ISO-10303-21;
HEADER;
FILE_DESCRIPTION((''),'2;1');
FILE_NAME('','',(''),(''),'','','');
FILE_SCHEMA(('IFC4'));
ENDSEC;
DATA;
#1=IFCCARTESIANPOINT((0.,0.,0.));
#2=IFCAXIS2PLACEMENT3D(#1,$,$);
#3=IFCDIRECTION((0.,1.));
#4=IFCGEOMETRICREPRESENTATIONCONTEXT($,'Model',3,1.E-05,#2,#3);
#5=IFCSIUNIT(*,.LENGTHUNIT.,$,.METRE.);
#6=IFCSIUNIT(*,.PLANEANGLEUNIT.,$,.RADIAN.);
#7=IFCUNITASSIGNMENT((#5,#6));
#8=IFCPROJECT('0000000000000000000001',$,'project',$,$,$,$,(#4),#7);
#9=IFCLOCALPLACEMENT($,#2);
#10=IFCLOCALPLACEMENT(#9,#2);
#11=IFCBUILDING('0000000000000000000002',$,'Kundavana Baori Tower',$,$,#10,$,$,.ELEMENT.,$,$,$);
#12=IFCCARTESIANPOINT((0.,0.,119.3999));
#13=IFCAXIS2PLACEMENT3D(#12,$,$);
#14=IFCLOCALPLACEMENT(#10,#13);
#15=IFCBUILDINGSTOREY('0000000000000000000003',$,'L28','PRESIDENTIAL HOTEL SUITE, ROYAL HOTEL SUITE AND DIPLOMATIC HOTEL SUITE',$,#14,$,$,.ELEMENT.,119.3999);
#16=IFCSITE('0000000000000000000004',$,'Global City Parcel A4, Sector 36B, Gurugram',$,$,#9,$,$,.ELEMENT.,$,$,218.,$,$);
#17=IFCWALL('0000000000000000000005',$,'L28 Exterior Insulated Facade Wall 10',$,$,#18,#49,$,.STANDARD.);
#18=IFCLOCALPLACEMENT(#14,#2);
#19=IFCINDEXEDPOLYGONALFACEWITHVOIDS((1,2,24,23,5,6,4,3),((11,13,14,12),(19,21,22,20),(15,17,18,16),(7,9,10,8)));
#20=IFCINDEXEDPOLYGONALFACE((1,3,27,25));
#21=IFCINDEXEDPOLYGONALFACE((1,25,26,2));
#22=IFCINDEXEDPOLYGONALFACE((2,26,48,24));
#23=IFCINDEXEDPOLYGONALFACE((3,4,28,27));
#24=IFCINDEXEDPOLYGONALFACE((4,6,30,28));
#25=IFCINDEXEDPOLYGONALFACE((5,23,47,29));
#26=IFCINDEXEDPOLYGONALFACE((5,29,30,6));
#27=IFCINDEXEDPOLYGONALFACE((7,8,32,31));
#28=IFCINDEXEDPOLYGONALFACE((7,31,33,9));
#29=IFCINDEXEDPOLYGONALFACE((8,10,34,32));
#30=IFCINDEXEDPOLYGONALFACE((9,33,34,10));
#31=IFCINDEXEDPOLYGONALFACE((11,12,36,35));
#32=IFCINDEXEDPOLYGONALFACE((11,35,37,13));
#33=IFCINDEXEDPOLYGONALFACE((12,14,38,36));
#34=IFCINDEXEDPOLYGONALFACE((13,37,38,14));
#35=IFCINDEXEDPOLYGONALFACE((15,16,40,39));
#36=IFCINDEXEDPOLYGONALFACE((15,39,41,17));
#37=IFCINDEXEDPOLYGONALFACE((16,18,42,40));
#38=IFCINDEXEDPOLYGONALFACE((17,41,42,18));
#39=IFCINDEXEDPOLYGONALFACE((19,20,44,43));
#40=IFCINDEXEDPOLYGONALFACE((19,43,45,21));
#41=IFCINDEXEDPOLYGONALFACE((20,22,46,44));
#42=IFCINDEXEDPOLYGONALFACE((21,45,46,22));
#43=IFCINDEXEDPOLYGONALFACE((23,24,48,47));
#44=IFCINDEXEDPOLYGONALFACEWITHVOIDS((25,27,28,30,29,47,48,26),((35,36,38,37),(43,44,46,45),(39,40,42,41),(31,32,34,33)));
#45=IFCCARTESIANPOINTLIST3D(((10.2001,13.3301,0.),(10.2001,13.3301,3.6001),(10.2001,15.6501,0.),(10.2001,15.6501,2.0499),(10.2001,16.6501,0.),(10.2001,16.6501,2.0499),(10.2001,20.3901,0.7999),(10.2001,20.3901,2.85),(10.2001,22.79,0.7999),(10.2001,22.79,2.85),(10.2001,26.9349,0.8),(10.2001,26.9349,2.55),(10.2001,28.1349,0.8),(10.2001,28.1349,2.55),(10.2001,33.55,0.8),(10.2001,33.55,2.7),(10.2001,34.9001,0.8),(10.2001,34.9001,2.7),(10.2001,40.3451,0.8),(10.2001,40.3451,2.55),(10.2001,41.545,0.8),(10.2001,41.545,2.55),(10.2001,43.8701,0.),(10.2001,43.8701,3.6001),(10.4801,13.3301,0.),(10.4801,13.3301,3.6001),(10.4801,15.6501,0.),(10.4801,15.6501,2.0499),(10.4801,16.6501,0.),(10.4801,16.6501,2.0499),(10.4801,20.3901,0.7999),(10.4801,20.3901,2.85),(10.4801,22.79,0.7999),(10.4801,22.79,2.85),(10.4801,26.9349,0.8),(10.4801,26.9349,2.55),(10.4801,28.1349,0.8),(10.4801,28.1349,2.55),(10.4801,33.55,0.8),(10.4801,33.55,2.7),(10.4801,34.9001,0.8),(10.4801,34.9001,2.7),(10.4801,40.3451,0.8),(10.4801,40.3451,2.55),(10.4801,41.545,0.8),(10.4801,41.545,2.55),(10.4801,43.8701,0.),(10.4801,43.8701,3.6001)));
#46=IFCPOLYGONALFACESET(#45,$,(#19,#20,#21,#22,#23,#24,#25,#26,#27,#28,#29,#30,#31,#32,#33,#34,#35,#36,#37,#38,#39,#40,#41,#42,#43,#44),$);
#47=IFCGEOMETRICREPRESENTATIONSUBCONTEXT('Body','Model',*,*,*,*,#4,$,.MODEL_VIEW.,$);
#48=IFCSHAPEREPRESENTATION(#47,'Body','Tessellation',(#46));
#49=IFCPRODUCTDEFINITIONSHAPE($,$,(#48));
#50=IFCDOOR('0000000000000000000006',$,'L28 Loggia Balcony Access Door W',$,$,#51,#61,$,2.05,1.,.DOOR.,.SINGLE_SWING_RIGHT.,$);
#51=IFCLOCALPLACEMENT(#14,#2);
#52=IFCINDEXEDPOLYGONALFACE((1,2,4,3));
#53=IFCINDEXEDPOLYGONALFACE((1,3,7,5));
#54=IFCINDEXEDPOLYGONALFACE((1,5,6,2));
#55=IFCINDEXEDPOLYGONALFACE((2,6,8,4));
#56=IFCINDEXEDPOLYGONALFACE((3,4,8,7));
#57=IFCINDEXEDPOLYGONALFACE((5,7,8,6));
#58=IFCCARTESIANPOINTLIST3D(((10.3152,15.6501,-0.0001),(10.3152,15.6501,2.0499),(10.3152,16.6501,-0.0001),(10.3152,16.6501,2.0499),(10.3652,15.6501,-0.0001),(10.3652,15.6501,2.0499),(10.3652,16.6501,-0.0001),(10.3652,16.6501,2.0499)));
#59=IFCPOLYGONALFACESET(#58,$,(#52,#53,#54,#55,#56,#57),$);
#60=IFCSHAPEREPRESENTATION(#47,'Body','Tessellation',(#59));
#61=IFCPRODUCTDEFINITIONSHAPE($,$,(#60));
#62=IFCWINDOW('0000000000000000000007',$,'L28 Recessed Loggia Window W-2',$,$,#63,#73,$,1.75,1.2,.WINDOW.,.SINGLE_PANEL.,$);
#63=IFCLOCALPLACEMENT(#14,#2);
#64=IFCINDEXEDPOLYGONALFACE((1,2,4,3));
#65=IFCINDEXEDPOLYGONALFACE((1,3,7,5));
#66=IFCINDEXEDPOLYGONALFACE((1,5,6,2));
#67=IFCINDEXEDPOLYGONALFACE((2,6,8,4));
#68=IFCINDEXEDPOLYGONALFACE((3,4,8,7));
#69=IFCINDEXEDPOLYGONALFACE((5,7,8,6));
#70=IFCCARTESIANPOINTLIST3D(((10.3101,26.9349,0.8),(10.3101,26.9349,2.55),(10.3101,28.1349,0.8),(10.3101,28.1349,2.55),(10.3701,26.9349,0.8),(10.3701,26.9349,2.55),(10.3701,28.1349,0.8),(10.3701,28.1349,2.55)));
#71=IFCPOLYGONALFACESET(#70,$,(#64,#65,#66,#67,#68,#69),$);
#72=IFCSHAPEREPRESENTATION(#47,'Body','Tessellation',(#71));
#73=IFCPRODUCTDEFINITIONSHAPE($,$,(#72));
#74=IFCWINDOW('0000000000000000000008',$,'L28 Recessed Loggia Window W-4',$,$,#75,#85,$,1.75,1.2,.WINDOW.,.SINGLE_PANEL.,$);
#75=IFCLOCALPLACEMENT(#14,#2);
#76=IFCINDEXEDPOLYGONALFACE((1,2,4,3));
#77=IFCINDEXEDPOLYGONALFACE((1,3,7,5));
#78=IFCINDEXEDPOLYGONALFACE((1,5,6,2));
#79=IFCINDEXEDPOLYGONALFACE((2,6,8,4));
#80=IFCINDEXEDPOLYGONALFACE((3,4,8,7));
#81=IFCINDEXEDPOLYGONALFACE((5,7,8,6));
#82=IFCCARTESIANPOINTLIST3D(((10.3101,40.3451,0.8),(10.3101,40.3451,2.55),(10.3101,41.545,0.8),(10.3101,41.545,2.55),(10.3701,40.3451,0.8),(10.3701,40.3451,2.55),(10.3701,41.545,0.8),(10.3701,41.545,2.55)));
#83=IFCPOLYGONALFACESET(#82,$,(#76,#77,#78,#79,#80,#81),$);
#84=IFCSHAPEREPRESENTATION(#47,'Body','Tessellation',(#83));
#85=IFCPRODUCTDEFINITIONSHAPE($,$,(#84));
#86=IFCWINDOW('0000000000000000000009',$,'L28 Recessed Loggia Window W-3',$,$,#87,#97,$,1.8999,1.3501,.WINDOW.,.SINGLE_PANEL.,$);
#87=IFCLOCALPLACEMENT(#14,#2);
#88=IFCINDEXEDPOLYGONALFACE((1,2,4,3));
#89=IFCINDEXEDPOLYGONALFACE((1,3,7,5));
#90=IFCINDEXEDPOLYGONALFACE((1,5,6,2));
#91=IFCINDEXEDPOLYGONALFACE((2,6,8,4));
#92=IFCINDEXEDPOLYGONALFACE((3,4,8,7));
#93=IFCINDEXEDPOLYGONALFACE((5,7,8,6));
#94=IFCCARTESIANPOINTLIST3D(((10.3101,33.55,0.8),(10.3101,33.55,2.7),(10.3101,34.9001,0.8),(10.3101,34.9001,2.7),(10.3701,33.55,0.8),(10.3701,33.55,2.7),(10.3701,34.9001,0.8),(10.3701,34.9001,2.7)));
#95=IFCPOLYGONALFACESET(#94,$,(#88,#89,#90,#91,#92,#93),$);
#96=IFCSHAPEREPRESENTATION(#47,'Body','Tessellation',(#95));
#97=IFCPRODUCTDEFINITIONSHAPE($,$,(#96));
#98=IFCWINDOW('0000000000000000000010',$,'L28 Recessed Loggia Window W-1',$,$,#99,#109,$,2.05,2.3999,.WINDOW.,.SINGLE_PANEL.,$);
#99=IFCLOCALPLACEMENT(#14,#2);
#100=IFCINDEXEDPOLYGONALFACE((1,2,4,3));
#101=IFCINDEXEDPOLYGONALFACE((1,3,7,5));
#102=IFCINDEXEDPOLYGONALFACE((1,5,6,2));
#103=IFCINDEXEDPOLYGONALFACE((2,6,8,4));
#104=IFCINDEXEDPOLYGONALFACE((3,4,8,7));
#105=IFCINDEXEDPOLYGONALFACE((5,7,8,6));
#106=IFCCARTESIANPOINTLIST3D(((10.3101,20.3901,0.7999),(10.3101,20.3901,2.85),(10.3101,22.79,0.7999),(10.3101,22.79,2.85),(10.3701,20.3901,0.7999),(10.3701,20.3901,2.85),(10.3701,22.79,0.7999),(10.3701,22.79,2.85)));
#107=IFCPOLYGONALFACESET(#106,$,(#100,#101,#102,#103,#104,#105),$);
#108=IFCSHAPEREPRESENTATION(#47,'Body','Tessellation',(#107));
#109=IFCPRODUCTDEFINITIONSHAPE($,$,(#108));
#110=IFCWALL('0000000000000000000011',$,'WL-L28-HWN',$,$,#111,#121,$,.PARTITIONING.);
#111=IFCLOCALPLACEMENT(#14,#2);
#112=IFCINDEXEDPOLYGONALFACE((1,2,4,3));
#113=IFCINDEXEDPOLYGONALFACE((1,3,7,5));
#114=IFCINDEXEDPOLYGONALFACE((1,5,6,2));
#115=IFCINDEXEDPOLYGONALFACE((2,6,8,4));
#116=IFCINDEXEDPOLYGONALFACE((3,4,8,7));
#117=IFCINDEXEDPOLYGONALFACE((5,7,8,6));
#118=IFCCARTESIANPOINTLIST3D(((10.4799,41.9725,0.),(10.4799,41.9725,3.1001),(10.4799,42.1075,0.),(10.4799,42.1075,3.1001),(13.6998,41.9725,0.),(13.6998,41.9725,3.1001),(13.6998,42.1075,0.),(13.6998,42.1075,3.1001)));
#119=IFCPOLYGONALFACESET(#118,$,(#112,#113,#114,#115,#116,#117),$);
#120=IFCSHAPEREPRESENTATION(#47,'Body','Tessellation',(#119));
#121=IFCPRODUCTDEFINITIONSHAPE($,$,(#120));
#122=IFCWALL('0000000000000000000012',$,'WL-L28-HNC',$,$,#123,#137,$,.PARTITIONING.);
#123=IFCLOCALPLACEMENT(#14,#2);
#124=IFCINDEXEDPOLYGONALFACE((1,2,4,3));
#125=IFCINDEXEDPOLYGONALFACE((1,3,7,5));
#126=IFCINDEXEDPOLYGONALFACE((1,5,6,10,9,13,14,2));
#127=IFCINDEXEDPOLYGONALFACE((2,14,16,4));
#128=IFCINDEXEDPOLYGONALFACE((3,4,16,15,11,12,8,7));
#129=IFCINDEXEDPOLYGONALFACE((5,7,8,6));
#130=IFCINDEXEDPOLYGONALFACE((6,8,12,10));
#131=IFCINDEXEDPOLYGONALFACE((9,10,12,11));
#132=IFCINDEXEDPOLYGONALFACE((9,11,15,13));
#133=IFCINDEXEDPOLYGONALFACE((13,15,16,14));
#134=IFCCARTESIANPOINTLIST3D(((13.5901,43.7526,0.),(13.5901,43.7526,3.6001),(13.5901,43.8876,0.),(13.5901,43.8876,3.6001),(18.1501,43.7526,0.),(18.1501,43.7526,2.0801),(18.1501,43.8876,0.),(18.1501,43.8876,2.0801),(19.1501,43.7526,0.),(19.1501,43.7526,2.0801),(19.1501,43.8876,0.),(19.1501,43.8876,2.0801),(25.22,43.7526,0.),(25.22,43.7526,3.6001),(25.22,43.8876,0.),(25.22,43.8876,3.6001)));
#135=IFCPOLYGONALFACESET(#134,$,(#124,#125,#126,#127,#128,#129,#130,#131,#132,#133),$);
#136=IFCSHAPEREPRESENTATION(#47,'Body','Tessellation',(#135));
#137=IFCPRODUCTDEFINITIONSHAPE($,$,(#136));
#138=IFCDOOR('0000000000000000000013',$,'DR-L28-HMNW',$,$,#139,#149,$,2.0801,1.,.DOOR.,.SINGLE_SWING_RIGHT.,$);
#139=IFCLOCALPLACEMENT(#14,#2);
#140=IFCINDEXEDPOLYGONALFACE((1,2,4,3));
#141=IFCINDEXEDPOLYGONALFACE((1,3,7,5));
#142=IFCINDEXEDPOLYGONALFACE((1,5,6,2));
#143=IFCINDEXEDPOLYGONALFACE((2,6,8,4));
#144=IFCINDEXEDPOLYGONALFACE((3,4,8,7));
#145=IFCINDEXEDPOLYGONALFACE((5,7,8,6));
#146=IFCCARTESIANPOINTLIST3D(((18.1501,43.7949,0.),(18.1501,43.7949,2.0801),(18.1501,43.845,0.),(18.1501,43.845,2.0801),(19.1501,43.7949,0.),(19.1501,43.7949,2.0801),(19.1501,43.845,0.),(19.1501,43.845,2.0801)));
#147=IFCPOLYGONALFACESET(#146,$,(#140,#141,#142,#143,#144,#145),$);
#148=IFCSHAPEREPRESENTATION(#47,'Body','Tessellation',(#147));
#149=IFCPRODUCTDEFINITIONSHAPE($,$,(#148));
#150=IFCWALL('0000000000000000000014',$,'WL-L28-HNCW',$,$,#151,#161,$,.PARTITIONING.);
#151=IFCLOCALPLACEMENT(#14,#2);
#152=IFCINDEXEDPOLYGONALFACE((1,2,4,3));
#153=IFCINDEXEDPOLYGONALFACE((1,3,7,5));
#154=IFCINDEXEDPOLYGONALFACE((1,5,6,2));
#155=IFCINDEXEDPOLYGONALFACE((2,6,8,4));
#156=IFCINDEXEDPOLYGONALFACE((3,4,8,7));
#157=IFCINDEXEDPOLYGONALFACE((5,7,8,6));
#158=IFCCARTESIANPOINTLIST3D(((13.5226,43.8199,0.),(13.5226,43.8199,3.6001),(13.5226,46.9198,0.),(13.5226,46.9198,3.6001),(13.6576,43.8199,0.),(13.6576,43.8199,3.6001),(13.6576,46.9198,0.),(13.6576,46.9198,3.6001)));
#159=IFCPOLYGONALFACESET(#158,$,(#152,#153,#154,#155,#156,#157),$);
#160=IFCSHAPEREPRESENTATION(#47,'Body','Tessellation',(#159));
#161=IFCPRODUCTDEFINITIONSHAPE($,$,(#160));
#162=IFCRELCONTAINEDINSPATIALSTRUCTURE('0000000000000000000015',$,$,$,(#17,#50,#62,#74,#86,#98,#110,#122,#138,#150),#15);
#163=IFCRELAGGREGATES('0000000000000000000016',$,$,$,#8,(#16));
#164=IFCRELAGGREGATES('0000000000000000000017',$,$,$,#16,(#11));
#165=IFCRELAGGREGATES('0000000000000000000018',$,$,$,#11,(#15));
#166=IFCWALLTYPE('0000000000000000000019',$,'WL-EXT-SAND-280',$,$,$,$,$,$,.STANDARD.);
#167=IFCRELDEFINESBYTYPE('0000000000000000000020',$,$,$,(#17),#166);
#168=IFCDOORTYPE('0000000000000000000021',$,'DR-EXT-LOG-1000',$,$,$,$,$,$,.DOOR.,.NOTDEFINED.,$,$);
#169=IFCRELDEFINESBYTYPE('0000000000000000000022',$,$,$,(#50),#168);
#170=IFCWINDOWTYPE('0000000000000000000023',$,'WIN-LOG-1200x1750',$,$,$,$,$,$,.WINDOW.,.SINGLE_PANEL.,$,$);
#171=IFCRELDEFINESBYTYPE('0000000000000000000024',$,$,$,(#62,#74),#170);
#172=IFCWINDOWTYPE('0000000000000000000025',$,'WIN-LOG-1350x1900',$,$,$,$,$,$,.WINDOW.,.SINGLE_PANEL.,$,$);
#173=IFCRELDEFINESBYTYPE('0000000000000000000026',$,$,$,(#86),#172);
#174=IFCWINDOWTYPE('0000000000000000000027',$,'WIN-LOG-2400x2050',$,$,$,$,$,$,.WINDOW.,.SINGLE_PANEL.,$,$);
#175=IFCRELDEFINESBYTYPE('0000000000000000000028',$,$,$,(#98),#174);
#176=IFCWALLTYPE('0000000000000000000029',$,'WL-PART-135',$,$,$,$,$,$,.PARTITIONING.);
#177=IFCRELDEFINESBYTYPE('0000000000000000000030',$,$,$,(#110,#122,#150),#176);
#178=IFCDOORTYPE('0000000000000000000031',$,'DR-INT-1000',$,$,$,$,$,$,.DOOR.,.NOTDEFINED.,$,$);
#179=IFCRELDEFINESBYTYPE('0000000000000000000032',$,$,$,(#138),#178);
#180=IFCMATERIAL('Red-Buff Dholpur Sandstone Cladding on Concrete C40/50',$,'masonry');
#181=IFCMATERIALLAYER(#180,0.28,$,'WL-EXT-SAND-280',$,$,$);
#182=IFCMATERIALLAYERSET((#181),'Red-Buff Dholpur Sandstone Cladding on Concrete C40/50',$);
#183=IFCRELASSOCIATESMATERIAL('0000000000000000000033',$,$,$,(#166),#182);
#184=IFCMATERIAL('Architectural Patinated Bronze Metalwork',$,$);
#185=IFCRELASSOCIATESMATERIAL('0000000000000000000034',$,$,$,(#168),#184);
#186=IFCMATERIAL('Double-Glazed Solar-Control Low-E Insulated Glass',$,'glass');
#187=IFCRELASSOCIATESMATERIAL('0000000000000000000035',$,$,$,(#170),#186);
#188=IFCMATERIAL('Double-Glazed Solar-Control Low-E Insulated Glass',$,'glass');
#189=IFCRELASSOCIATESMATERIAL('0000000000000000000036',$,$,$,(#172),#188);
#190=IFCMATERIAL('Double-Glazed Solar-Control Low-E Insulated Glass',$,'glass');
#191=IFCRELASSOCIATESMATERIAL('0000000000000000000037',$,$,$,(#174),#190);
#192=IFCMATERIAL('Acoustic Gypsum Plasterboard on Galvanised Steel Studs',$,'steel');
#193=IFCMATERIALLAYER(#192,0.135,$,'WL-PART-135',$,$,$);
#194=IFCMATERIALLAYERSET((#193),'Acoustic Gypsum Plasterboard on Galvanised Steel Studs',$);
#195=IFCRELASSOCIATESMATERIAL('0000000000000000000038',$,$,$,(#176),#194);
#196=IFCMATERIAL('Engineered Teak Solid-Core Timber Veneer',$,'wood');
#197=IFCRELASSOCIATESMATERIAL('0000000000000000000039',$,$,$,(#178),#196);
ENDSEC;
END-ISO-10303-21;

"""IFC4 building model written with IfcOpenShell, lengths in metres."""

from ifc_helpers import new_model, si_unit, direction, frame, frame_2d, origin, place, context, subcontext, project, spatial, rectangle, extrude, material, layer, layer_set, type_object, element, fill, save


model = new_model("IFC4")

# Units and contexts
model_context = context("Model", 3, precision=1e-05, world=origin(), true_north=direction((0.0, 1.0)))
body_context = subcontext(model_context, "Body", "Model", "MODEL_VIEW")
ifc_project = project(units=[si_unit("LENGTHUNIT", "METRE"), si_unit("PLANEANGLEUNIT", "RADIAN")], contexts=[model_context])

# Site, building, storey
site_placement = place(None, origin())
site = spatial("IfcSite", under=ifc_project, at=site_placement, Name="Global City Parcel A4, Sector 36B, Gurugram", CompositionType="ELEMENT", RefElevation=218.0)
building_placement = place(site_placement, origin())
building = spatial("IfcBuilding", under=site, at=building_placement, Name="Kundavana Baori Tower", CompositionType="ELEMENT")
storey_placement = place(building_placement, frame((0.0, 0.0, 119.3999)))
storey = spatial("IfcBuildingStorey", under=building, at=storey_placement, Name="L28", Description="PRESIDENTIAL HOTEL SUITE, ROYAL HOTEL SUITE AND DIPLOMATIC HOTEL SUITE", CompositionType="ELEMENT", Elevation=119.3999)

# Shared definitions
ifc_material_1 = material(Name="Red-Buff Dholpur Sandstone Cladding on Concrete C40/50", Category="masonry")
ifc_layer_1 = layer(ifc_material_1, 0.28, Name="WL-EXT-SAND-280")
ifc_layer_set_1 = layer_set([ifc_layer_1], Name="Red-Buff Dholpur Sandstone Cladding on Concrete C40/50")
wall_type_1 = type_object("IfcWallType", Name="WL-EXT-SAND-280", PredefinedType="STANDARD", material=ifc_layer_set_1)

# Wall, openings, door, windows
wall_1_placement = place(storey_placement, frame((10.3401, 43.8701, 0.0), z_axis=(0.0, 0.0, 1.0), x_axis=(0.0, -1.0, 0.0)))
wall_1 = element("IfcWall", 1, at=wall_1_placement, inside=storey, type_object=wall_type_1, Name="L28 Exterior Insulated Facade Wall 10", PredefinedType="STANDARD", context=body_context, shape_type="SweptSolid", body=[
    extrude(rectangle(XDim=30.54, YDim=0.28, at=frame_2d((15.27, 0.0))), origin(), (0.0, 0.0, 1.0), 3.6001),
])
opening_1_placement = place(wall_1_placement, frame((27.22, 0.0, 0.0)))
opening_1 = element("IfcOpeningElement", 2, at=opening_1_placement, cuts=wall_1, PredefinedType="OPENING", context=body_context, shape_type="SweptSolid", body=[
    extrude(rectangle(XDim=1.0, YDim=2.05, at=frame_2d((0.5, 1.0249))), frame((0.0, 0.1499, 0.0), z_axis=(0.0, -1.0, 0.0), x_axis=(1.0, 0.0, 0.0)), (0.0, 0.0, 1.0), 0.3),
])
opening_2_placement = place(wall_1_placement, frame((21.0801, 0.0, 0.8)))
opening_2 = element("IfcOpeningElement", 3, at=opening_2_placement, cuts=wall_1, PredefinedType="OPENING", context=body_context, shape_type="SweptSolid", body=[
    extrude(rectangle(XDim=2.3999, YDim=2.05, at=frame_2d((1.2, 1.0249))), frame((0.0, 0.1499, 0.0), z_axis=(0.0, -1.0, 0.0), x_axis=(1.0, 0.0, 0.0)), (0.0, 0.0, 1.0), 0.3),
])
opening_3_placement = place(wall_1_placement, frame((15.7351, 0.0, 0.8)))
opening_3 = element("IfcOpeningElement", 4, at=opening_3_placement, cuts=wall_1, PredefinedType="OPENING", context=body_context, shape_type="SweptSolid", body=[
    extrude(rectangle(XDim=1.2, YDim=1.75, at=frame_2d((0.6001, 0.875))), frame((0.0, 0.1499, 0.0), z_axis=(0.0, -1.0, 0.0), x_axis=(1.0, 0.0, 0.0)), (0.0, 0.0, 1.0), 0.3),
])
opening_4_placement = place(wall_1_placement, frame((8.97, 0.0, 0.8)))
opening_4 = element("IfcOpeningElement", 5, at=opening_4_placement, cuts=wall_1, PredefinedType="OPENING", context=body_context, shape_type="SweptSolid", body=[
    extrude(rectangle(XDim=1.3501, YDim=1.8999, at=frame_2d((0.675, 0.95))), frame((0.0, 0.1499, 0.0), z_axis=(0.0, -1.0, 0.0), x_axis=(1.0, 0.0, 0.0)), (0.0, 0.0, 1.0), 0.3),
])
opening_5_placement = place(wall_1_placement, frame((2.325, 0.0, 0.8)))
opening_5 = element("IfcOpeningElement", 6, at=opening_5_placement, cuts=wall_1, PredefinedType="OPENING", context=body_context, shape_type="SweptSolid", body=[
    extrude(rectangle(XDim=1.2, YDim=1.75, at=frame_2d((0.6001, 0.875))), frame((0.0, 0.1499, 0.0), z_axis=(0.0, -1.0, 0.0), x_axis=(1.0, 0.0, 0.0)), (0.0, 0.0, 1.0), 0.3),
])
ifc_material_2 = material(Name="Architectural Patinated Bronze Metalwork")
door_type_1 = type_object("IfcDoorType", Name="DR-EXT-LOG-1000", OperationType="NOTDEFINED", PredefinedType="DOOR", material=ifc_material_2)
door_1_placement = place(opening_1_placement, frame((1.0, 0.0, 0.0), z_axis=(0.0, 0.0, 1.0), x_axis=(-1.0, 0.0, 0.0)))
door_1 = element("IfcDoor", 7, at=door_1_placement, inside=storey, type_object=door_type_1, Name="L28 Loggia Balcony Access Door W", OperationType="SINGLE_SWING_RIGHT", OverallHeight=2.05, OverallWidth=1.0, PredefinedType="DOOR", context=body_context, shape_type="SweptSolid", body=[
    extrude(rectangle(XDim=1.0, YDim=2.05, at=frame_2d((0.5, 1.0249))), frame((0.0, 0.0249, 0.0), z_axis=(0.0, -1.0, 0.0), x_axis=(1.0, 0.0, 0.0)), (0.0, 0.0, 1.0), 0.05),
])
fill(opening_1, door_1)
ifc_material_3 = material(Name="Double-Glazed Solar-Control Low-E Insulated Glass", Category="glass")
window_type_1 = type_object("IfcWindowType", Name="WIN-LOG-1200x1750", PartitioningType="SINGLE_PANEL", PredefinedType="WINDOW", material=ifc_material_3)
window_1_placement = place(opening_3_placement, origin())
window_1 = element("IfcWindow", 8, at=window_1_placement, inside=storey, type_object=window_type_1, Name="L28 Recessed Loggia Window W-2", OverallHeight=1.75, OverallWidth=1.2, PartitioningType="SINGLE_PANEL", PredefinedType="WINDOW", context=body_context, shape_type="SweptSolid", body=[
    extrude(rectangle(XDim=1.2, YDim=1.75, at=frame_2d((0.6001, 0.875))), frame((0.0, 0.03, 0.0), z_axis=(0.0, -1.0, 0.0), x_axis=(1.0, 0.0, 0.0)), (0.0, 0.0, 1.0), 0.0601),
])
fill(opening_3, window_1)
window_2_placement = place(opening_5_placement, origin())
window_2 = element("IfcWindow", 9, at=window_2_placement, inside=storey, type_object=window_type_1, Name="L28 Recessed Loggia Window W-4", OverallHeight=1.75, OverallWidth=1.2, PartitioningType="SINGLE_PANEL", PredefinedType="WINDOW", context=body_context, shape_type="SweptSolid", body=[
    extrude(rectangle(XDim=1.2, YDim=1.75, at=frame_2d((0.6001, 0.875))), frame((0.0, 0.03, 0.0), z_axis=(0.0, -1.0, 0.0), x_axis=(1.0, 0.0, 0.0)), (0.0, 0.0, 1.0), 0.0601),
])
fill(opening_5, window_2)
ifc_material_4 = material(Name="Double-Glazed Solar-Control Low-E Insulated Glass", Category="glass")
window_type_2 = type_object("IfcWindowType", Name="WIN-LOG-1350x1900", PartitioningType="SINGLE_PANEL", PredefinedType="WINDOW", material=ifc_material_4)
window_3_placement = place(opening_4_placement, origin())
window_3 = element("IfcWindow", 10, at=window_3_placement, inside=storey, type_object=window_type_2, Name="L28 Recessed Loggia Window W-3", OverallHeight=1.8999, OverallWidth=1.3501, PartitioningType="SINGLE_PANEL", PredefinedType="WINDOW", context=body_context, shape_type="SweptSolid", body=[
    extrude(rectangle(XDim=1.3501, YDim=1.8999, at=frame_2d((0.675, 0.95))), frame((0.0, 0.03, 0.0), z_axis=(0.0, -1.0, 0.0), x_axis=(1.0, 0.0, 0.0)), (0.0, 0.0, 1.0), 0.0601),
])
fill(opening_4, window_3)
ifc_material_5 = material(Name="Double-Glazed Solar-Control Low-E Insulated Glass", Category="glass")
window_type_3 = type_object("IfcWindowType", Name="WIN-LOG-2400x2050", PartitioningType="SINGLE_PANEL", PredefinedType="WINDOW", material=ifc_material_5)
window_4_placement = place(opening_2_placement, origin())
window_4 = element("IfcWindow", 11, at=window_4_placement, inside=storey, type_object=window_type_3, Name="L28 Recessed Loggia Window W-1", OverallHeight=2.05, OverallWidth=2.3999, PartitioningType="SINGLE_PANEL", PredefinedType="WINDOW", context=body_context, shape_type="SweptSolid", body=[
    extrude(rectangle(XDim=2.3999, YDim=2.05, at=frame_2d((1.2, 1.0249))), frame((0.0, 0.03, 0.0), z_axis=(0.0, -1.0, 0.0), x_axis=(1.0, 0.0, 0.0)), (0.0, 0.0, 1.0), 0.0601),
])
fill(opening_2, window_4)

# Wall
ifc_material_6 = material(Name="Acoustic Gypsum Plasterboard on Galvanised Steel Studs", Category="steel")
ifc_layer_2 = layer(ifc_material_6, 0.135, Name="WL-PART-135")
ifc_layer_set_2 = layer_set([ifc_layer_2], Name="Acoustic Gypsum Plasterboard on Galvanised Steel Studs")
wall_type_2 = type_object("IfcWallType", Name="WL-PART-135", PredefinedType="PARTITIONING", material=ifc_layer_set_2)
wall_2_placement = place(storey_placement, frame((10.48, 42.04, 0.0), z_axis=(0.0, 0.0, 1.0), x_axis=(1.0, 0.0, 0.0)))
element("IfcWall", 12, at=wall_2_placement, inside=storey, type_object=wall_type_2, Name="WL-L28-HWN", PredefinedType="PARTITIONING", context=body_context, shape_type="SweptSolid", body=[
    extrude(rectangle(XDim=3.22, YDim=0.135, at=frame_2d((1.6099, 0.0))), origin(), (0.0, 0.0, 1.0), 3.1001),
])

# Wall, opening, door
wall_3_placement = place(storey_placement, frame((13.5901, 43.8201, 0.0), z_axis=(0.0, 0.0, 1.0), x_axis=(1.0, 0.0, 0.0)))
wall_3 = element("IfcWall", 13, at=wall_3_placement, inside=storey, type_object=wall_type_2, Name="WL-L28-HNC", PredefinedType="PARTITIONING", context=body_context, shape_type="SweptSolid", body=[
    extrude(rectangle(XDim=11.6299, YDim=0.135, at=frame_2d((5.8149, 0.0))), origin(), (0.0, 0.0, 1.0), 3.6001),
])
opening_6_placement = place(wall_3_placement, frame((4.5601, 0.0, 0.0)))
opening_6 = element("IfcOpeningElement", 14, at=opening_6_placement, cuts=wall_3, PredefinedType="OPENING", context=body_context, shape_type="SweptSolid", body=[
    extrude(rectangle(XDim=1.0, YDim=2.0801, at=frame_2d((0.5, 1.04))), frame((0.0, 0.0776, 0.0), z_axis=(0.0, -1.0, 0.0), x_axis=(1.0, 0.0, 0.0)), (0.0, 0.0, 1.0), 0.155),
])
ifc_material_7 = material(Name="Engineered Teak Solid-Core Timber Veneer", Category="wood")
door_type_2 = type_object("IfcDoorType", Name="DR-INT-1000", OperationType="NOTDEFINED", PredefinedType="DOOR", material=ifc_material_7)
door_2_placement = place(opening_6_placement, origin())
door_2 = element("IfcDoor", 15, at=door_2_placement, inside=storey, type_object=door_type_2, Name="DR-L28-HMNW", OperationType="SINGLE_SWING_RIGHT", OverallHeight=2.0801, OverallWidth=1.0, PredefinedType="DOOR", context=body_context, shape_type="SweptSolid", body=[
    extrude(rectangle(XDim=1.0, YDim=2.0801, at=frame_2d((0.5, 1.04))), frame((0.0, 0.0249, 0.0), z_axis=(0.0, -1.0, 0.0), x_axis=(1.0, 0.0, 0.0)), (0.0, 0.0, 1.0), 0.05),
])
fill(opening_6, door_2)

# Wall
wall_4_placement = place(storey_placement, frame((13.5901, 43.8201, 0.0), z_axis=(0.0, 0.0, 1.0), x_axis=(0.0, 1.0, 0.0)))
element("IfcWall", 16, at=wall_4_placement, inside=storey, type_object=wall_type_2, Name="WL-L28-HNCW", PredefinedType="PARTITIONING", context=body_context, shape_type="SweptSolid", body=[
    extrude(rectangle(XDim=3.0999, YDim=0.135, at=frame_2d((1.5498, 0.0))), origin(), (0.0, 0.0, 1.0), 3.6001),
])

save(model, "model.ifc")
